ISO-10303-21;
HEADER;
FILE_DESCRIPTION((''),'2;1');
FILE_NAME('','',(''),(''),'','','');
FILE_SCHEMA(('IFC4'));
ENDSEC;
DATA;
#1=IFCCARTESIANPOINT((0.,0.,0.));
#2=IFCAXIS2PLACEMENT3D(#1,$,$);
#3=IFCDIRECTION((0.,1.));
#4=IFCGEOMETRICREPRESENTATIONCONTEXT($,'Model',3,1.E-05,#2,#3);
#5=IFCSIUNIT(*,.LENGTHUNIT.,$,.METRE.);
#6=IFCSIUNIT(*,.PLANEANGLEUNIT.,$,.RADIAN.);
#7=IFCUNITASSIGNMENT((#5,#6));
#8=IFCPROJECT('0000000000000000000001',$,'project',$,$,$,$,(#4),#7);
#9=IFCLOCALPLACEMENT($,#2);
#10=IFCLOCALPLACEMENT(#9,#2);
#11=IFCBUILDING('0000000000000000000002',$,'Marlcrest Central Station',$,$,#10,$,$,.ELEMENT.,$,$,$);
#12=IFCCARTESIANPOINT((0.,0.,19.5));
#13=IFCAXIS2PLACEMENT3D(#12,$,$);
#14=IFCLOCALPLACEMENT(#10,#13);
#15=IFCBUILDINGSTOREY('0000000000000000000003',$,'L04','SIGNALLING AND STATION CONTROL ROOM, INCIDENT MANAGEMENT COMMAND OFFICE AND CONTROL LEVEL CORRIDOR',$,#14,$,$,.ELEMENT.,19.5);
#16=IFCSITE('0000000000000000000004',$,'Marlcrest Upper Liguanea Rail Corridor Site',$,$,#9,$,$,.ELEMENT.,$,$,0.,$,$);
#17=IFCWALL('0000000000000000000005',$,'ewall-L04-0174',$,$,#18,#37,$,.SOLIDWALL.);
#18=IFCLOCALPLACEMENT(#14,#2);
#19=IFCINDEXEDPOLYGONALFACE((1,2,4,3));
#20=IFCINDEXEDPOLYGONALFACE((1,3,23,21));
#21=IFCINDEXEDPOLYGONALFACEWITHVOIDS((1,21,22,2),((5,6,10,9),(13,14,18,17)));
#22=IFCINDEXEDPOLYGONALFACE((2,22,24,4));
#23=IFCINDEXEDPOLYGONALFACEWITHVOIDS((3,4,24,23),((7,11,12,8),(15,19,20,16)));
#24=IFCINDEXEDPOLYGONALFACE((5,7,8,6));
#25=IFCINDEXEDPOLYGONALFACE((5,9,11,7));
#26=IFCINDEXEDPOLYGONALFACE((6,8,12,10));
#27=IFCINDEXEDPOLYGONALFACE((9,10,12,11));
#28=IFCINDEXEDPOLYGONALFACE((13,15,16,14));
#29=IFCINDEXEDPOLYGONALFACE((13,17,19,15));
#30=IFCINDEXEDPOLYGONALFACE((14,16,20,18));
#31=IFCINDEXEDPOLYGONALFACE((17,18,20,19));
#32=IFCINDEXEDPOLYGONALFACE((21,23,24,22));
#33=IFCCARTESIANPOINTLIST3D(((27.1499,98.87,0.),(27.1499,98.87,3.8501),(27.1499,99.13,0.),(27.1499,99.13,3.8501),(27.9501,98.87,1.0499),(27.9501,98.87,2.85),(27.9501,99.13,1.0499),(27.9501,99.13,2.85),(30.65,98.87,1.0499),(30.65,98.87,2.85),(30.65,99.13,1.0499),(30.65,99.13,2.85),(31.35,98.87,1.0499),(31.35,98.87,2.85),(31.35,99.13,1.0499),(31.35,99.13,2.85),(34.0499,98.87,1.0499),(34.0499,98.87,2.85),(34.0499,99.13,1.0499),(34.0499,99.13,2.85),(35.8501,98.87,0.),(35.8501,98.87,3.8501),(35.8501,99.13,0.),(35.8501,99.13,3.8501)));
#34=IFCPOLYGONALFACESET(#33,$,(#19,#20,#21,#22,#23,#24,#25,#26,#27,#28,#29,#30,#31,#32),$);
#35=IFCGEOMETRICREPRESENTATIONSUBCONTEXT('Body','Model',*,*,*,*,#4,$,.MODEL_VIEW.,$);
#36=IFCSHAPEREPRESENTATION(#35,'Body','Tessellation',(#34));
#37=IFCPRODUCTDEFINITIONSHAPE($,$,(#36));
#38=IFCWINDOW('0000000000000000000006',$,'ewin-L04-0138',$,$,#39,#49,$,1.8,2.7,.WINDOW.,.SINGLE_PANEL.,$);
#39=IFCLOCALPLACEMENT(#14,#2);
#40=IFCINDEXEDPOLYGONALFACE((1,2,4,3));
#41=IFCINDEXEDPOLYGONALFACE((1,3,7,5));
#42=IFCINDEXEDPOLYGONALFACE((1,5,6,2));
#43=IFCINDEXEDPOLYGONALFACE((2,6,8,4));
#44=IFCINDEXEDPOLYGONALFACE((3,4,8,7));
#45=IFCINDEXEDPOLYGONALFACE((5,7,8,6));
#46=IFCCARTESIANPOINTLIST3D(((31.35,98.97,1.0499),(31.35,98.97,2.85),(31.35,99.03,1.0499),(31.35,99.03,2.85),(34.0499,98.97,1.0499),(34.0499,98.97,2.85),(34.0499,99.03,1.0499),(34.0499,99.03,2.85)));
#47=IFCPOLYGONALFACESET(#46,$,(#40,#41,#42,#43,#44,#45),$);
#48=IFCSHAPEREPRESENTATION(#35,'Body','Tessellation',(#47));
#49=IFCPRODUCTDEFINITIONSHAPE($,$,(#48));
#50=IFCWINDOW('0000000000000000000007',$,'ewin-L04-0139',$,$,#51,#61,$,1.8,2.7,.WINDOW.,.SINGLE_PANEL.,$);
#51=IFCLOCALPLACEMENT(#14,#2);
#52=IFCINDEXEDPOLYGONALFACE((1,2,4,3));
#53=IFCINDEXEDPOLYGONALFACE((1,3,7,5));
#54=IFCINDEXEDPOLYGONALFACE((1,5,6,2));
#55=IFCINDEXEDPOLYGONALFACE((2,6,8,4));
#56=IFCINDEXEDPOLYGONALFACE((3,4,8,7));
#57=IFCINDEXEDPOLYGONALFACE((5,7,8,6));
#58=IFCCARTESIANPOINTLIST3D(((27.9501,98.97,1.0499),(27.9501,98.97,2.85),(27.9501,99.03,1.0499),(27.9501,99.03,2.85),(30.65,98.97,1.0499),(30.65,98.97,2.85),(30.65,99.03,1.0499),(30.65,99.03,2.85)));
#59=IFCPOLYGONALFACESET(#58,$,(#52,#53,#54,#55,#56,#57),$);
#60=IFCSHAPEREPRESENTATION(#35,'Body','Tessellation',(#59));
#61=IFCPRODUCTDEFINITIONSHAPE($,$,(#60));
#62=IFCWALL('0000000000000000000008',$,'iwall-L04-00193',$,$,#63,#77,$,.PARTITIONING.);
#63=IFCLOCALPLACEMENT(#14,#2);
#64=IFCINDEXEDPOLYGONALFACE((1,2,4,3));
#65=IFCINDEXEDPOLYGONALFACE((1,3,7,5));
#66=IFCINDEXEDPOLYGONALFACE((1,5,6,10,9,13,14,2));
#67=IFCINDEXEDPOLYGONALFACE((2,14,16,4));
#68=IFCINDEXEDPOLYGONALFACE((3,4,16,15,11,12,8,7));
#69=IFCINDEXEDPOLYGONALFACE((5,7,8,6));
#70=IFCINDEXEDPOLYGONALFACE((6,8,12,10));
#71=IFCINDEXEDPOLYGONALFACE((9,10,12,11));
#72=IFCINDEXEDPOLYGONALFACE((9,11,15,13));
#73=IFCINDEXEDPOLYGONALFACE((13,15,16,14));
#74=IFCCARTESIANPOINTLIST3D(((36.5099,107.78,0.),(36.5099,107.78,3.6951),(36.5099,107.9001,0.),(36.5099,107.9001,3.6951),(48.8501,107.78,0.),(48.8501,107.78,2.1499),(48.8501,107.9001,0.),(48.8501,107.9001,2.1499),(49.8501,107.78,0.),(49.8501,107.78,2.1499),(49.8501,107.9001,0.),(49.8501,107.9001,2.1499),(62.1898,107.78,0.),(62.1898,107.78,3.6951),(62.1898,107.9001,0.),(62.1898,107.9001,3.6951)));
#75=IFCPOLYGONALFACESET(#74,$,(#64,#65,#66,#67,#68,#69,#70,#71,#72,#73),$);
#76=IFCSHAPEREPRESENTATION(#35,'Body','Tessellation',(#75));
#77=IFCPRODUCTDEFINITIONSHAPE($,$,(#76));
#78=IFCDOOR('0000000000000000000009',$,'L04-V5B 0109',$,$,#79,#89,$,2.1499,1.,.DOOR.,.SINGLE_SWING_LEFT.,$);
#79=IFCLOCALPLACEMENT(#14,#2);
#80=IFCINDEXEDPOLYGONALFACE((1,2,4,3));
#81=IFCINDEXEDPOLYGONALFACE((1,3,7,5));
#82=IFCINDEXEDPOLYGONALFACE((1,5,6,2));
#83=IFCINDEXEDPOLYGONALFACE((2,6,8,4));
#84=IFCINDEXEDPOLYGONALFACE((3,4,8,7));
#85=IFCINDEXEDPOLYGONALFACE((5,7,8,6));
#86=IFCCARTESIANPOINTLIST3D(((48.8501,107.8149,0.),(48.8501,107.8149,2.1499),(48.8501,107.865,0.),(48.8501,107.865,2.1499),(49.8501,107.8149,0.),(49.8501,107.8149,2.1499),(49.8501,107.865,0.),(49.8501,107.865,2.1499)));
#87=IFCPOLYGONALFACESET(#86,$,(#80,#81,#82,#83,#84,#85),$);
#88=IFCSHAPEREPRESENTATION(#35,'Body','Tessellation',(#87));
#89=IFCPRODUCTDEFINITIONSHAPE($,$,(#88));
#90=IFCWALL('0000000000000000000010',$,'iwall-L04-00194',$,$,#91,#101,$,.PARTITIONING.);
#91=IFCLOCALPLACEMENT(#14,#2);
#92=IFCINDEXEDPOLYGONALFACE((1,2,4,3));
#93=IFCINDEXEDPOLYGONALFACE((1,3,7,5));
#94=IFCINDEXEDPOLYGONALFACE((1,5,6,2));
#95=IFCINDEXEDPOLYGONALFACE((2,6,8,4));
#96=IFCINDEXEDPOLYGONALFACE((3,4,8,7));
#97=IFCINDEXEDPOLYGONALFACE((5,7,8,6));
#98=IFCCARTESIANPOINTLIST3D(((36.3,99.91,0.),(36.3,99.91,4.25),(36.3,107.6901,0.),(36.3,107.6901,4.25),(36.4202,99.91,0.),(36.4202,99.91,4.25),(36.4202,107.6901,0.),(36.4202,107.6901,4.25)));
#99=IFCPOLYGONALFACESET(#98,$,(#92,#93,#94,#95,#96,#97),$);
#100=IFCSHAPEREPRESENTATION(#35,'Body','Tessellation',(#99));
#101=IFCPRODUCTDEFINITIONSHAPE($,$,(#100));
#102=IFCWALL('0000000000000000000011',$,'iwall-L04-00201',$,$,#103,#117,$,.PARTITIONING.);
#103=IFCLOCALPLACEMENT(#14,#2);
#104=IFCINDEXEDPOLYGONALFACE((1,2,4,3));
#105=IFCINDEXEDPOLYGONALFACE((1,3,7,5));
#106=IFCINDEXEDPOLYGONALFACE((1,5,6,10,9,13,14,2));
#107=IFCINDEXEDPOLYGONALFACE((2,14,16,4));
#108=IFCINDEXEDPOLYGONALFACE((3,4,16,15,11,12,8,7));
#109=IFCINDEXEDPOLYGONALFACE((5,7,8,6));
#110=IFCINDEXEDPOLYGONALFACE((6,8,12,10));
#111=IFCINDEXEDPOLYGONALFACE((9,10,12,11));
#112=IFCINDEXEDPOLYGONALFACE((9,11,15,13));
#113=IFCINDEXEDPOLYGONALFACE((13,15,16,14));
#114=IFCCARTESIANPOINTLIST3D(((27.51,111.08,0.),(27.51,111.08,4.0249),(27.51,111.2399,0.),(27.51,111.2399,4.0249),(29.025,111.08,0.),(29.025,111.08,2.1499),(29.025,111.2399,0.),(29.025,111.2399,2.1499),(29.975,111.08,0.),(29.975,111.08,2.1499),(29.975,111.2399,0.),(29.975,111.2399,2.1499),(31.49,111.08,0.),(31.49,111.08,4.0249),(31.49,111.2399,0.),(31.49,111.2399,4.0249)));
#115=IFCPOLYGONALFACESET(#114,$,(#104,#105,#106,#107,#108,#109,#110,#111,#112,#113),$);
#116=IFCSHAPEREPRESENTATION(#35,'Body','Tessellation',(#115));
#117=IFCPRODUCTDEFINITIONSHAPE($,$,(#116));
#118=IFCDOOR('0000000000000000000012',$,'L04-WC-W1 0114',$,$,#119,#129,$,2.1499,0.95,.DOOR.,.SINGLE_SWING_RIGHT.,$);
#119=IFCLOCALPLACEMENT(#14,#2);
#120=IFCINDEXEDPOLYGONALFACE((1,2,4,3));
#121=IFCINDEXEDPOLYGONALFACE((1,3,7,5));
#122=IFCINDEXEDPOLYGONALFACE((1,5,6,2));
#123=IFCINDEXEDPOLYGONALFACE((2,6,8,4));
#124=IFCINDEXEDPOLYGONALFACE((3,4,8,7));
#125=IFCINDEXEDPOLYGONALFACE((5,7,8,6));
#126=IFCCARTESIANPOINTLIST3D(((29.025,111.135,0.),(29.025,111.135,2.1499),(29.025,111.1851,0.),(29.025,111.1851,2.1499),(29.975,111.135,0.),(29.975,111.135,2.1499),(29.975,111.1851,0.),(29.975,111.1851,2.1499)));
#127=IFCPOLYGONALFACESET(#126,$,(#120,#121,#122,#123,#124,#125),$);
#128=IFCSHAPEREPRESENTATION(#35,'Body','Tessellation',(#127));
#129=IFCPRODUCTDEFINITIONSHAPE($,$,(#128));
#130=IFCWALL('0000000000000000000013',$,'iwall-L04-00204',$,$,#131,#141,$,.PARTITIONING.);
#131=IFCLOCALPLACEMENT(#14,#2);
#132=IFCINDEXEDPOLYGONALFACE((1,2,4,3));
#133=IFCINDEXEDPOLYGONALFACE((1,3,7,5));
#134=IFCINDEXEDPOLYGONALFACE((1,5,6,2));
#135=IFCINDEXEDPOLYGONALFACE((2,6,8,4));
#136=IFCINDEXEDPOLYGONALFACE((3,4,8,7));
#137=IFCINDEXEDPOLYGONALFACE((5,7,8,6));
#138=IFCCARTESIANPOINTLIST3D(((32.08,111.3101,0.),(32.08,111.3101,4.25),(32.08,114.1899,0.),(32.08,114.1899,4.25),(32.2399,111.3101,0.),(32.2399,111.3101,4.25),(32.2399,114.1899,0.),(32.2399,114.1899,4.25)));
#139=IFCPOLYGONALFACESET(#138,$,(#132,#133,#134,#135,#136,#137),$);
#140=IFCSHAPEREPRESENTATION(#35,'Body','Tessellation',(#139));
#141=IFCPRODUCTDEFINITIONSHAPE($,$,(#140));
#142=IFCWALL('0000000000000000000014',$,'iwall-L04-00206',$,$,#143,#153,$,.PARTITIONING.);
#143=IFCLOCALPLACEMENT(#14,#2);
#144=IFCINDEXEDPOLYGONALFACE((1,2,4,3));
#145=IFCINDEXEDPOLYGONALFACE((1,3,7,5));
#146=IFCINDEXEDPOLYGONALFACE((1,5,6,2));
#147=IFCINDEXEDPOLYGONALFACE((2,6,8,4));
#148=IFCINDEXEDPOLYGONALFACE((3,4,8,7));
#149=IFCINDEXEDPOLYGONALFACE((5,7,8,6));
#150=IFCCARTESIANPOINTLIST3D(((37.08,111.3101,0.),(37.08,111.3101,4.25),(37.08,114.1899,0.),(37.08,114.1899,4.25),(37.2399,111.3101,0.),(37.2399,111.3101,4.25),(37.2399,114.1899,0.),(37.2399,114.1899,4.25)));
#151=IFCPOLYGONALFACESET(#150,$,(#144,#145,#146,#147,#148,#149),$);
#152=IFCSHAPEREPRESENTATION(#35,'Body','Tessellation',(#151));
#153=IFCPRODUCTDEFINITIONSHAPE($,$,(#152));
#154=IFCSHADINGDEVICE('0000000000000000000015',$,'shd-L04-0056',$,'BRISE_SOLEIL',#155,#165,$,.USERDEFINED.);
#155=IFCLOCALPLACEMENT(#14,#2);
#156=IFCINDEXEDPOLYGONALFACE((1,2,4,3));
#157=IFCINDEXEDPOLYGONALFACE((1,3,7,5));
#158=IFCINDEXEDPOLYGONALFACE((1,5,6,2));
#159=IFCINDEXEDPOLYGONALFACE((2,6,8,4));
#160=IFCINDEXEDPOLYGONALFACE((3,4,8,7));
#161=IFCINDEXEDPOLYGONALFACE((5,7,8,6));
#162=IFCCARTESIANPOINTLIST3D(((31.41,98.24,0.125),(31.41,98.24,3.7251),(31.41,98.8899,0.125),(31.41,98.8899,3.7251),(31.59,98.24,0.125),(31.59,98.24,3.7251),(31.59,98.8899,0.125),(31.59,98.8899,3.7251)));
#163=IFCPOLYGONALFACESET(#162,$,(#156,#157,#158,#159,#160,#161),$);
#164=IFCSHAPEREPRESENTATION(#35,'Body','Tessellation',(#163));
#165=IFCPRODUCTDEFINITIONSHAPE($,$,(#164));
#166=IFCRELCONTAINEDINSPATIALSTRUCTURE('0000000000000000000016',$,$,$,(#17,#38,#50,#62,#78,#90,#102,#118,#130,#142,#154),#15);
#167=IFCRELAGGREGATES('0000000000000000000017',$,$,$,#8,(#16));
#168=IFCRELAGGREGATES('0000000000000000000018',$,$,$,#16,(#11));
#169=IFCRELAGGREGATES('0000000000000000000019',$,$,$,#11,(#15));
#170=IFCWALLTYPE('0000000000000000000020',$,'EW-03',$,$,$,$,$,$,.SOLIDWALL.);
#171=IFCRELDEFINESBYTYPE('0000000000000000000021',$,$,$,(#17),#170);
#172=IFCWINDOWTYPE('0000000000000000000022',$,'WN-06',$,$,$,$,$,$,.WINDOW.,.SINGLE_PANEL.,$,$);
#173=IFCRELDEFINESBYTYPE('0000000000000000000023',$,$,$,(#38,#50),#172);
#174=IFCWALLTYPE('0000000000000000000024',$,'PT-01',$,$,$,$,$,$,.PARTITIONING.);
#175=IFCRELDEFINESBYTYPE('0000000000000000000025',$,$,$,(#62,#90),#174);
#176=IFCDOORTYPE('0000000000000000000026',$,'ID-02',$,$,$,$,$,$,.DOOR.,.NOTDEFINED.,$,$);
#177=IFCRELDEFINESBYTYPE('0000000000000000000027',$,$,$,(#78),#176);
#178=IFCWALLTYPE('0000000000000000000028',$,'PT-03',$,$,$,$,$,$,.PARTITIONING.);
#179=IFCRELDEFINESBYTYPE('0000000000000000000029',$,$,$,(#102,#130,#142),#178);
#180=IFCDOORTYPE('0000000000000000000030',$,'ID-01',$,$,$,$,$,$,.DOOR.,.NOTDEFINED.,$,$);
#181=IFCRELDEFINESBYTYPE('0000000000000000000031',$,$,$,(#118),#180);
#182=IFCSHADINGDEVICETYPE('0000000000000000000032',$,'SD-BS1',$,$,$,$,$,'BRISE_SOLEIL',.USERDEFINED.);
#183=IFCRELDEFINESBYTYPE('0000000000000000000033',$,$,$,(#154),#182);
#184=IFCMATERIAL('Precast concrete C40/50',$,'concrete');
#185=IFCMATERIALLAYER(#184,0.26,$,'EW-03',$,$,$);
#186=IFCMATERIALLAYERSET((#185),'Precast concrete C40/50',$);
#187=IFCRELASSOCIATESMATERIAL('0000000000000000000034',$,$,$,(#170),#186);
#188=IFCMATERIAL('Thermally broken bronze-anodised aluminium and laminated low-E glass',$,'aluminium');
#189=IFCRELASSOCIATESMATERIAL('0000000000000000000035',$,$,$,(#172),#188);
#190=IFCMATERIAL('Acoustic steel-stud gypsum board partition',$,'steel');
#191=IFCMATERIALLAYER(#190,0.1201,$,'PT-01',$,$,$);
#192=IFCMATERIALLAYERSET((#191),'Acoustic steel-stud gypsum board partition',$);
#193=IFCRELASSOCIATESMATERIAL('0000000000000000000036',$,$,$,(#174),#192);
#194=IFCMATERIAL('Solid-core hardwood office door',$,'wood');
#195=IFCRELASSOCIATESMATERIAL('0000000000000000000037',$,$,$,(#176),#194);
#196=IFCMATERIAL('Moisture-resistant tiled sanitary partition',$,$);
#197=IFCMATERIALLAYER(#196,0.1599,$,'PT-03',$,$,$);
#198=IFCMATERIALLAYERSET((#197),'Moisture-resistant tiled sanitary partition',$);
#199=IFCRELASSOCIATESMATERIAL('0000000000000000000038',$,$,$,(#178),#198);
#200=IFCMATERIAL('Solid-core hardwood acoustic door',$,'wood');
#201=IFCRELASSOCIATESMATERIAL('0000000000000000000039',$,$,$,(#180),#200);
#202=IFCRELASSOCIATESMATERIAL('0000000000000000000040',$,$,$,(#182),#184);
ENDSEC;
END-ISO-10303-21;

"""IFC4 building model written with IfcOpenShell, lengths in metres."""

from ifc_helpers import new_model, si_unit, direction, frame, frame_2d, origin, origin_2d, place, context, subcontext, project, spatial, rectangle, extrude, material, layer, layer_set, type_object, element, fill, save


model = new_model("IFC4")

# Units and contexts
model_context = context("Model", 3, precision=1e-05, world=origin(), true_north=direction((0.0, 1.0)))
body_context = subcontext(model_context, "Body", "Model", "MODEL_VIEW")
ifc_project = project(units=[si_unit("LENGTHUNIT", "METRE"), si_unit("PLANEANGLEUNIT", "RADIAN")], contexts=[model_context])

# Site, building, storey
site_placement = place(None, origin())
site = spatial("IfcSite", under=ifc_project, at=site_placement, Name="Marlcrest Upper Liguanea Rail Corridor Site", CompositionType="ELEMENT", RefElevation=0.0)
building_placement = place(site_placement, origin())
building = spatial("IfcBuilding", under=site, at=building_placement, Name="Marlcrest Central Station", CompositionType="ELEMENT")
storey_placement = place(building_placement, frame((0.0, 0.0, 19.5)))
storey = spatial("IfcBuildingStorey", under=building, at=storey_placement, Name="L04", Description="SIGNALLING AND STATION CONTROL ROOM, INCIDENT MANAGEMENT COMMAND OFFICE AND CONTROL LEVEL CORRIDOR", CompositionType="ELEMENT", Elevation=19.5)

# Wall, openings, windows
ifc_material_1 = material(Name="Precast concrete C40/50", Category="concrete")
ifc_layer_1 = layer(ifc_material_1, 0.26, Name="EW-03")
ifc_layer_set_1 = layer_set([ifc_layer_1], Name="Precast concrete C40/50")
wall_type_1 = type_object("IfcWallType", Name="EW-03", PredefinedType="SOLIDWALL", material=ifc_layer_set_1)
wall_1_placement = place(storey_placement, frame((35.8501, 99.0, 0.0), z_axis=(0.0, 0.0, 1.0), x_axis=(-1.0, 0.0, 0.0)))
wall_1 = element("IfcWall", 1, at=wall_1_placement, inside=storey, type_object=wall_type_1, Name="ewall-L04-0174", PredefinedType="SOLIDWALL", context=body_context, shape_type="SweptSolid", body=[
    extrude(rectangle(XDim=8.7002, YDim=0.26, at=frame_2d((4.3501, 0.0))), origin(), (0.0, 0.0, 1.0), 3.8501),
])
opening_1_placement = place(wall_1_placement, frame((1.8, 0.0, 1.05)))
opening_1 = element("IfcOpeningElement", 2, at=opening_1_placement, cuts=wall_1, PredefinedType="OPENING", context=body_context, shape_type="SweptSolid", body=[
    extrude(rectangle(XDim=2.7, YDim=1.8, at=frame_2d((1.3501, 0.8999))), frame((0.0, 0.1399, 0.0), z_axis=(0.0, -1.0, 0.0), x_axis=(1.0, 0.0, 0.0)), (0.0, 0.0, 1.0), 0.28),
])
opening_2_placement = place(wall_1_placement, frame((5.2, 0.0, 1.05)))
opening_2 = element("IfcOpeningElement", 3, at=opening_2_placement, cuts=wall_1, PredefinedType="OPENING", context=body_context, shape_type="SweptSolid", body=[
    extrude(rectangle(XDim=2.7, YDim=1.8, at=frame_2d((1.3501, 0.8999))), frame((0.0, 0.1399, 0.0), z_axis=(0.0, -1.0, 0.0), x_axis=(1.0, 0.0, 0.0)), (0.0, 0.0, 1.0), 0.28),
])
ifc_material_2 = material(Name="Thermally broken bronze-anodised aluminium and laminated low-E glass", Category="aluminium")
window_type = type_object("IfcWindowType", Name="WN-06", PartitioningType="SINGLE_PANEL", PredefinedType="WINDOW", material=ifc_material_2)
window_1_placement = place(opening_1_placement, origin())
window_1 = element("IfcWindow", 4, at=window_1_placement, inside=storey, type_object=window_type, Name="ewin-L04-0138", OverallHeight=1.8, OverallWidth=2.7, PartitioningType="SINGLE_PANEL", PredefinedType="WINDOW", context=body_context, shape_type="SweptSolid", body=[
    extrude(rectangle(XDim=2.7, YDim=1.8, at=frame_2d((1.3501, 0.8999))), frame((0.0, 0.03, 0.0), z_axis=(0.0, -1.0, 0.0), x_axis=(1.0, 0.0, 0.0)), (0.0, 0.0, 1.0), 0.0601),
])
fill(opening_1, window_1)
window_2_placement = place(opening_2_placement, origin())
window_2 = element("IfcWindow", 5, at=window_2_placement, inside=storey, type_object=window_type, Name="ewin-L04-0139", OverallHeight=1.8, OverallWidth=2.7, PartitioningType="SINGLE_PANEL", PredefinedType="WINDOW", context=body_context, shape_type="SweptSolid", body=[
    extrude(rectangle(XDim=2.7, YDim=1.8, at=frame_2d((1.3501, 0.8999))), frame((0.0, 0.03, 0.0), z_axis=(0.0, -1.0, 0.0), x_axis=(1.0, 0.0, 0.0)), (0.0, 0.0, 1.0), 0.0601),
])
fill(opening_2, window_2)

# Wall, opening, door
ifc_material_3 = material(Name="Acoustic steel-stud gypsum board partition", Category="steel")
ifc_layer_2 = layer(ifc_material_3, 0.1201, Name="PT-01")
ifc_layer_set_2 = layer_set([ifc_layer_2], Name="Acoustic steel-stud gypsum board partition")
wall_type_2 = type_object("IfcWallType", Name="PT-01", PredefinedType="PARTITIONING", material=ifc_layer_set_2)
wall_2_placement = place(storey_placement, frame((36.51, 107.8401, 0.0), z_axis=(0.0, 0.0, 1.0), x_axis=(1.0, 0.0, 0.0)))
wall_2 = element("IfcWall", 6, at=wall_2_placement, inside=storey, type_object=wall_type_2, Name="iwall-L04-00193", PredefinedType="PARTITIONING", context=body_context, shape_type="SweptSolid", body=[
    extrude(rectangle(XDim=25.6799, YDim=0.1201, at=frame_2d((12.8398, 0.0))), origin(), (0.0, 0.0, 1.0), 3.6951),
])
opening_3_placement = place(wall_2_placement, frame((12.3401, 0.0, 0.0)))
opening_3 = element("IfcOpeningElement", 7, at=opening_3_placement, cuts=wall_2, PredefinedType="OPENING", context=body_context, shape_type="SweptSolid", body=[
    extrude(rectangle(XDim=1.0, YDim=2.1499, at=frame_2d((0.5, 1.075))), frame((0.0, 0.0701, 0.0), z_axis=(0.0, -1.0, 0.0), x_axis=(1.0, 0.0, 0.0)), (0.0, 0.0, 1.0), 0.1401),
])
ifc_material_4 = material(Name="Solid-core hardwood office door", Category="wood")
door_type_1 = type_object("IfcDoorType", Name="ID-02", OperationType="NOTDEFINED", PredefinedType="DOOR", material=ifc_material_4)
door_1_placement = place(opening_3_placement, origin())
door_1 = element("IfcDoor", 8, at=door_1_placement, inside=storey, type_object=door_type_1, Name="L04-V5B 0109", OperationType="SINGLE_SWING_LEFT", OverallHeight=2.1499, OverallWidth=1.0, PredefinedType="DOOR", context=body_context, shape_type="SweptSolid", body=[
    extrude(rectangle(XDim=1.0, YDim=2.1499, at=frame_2d((0.5, 1.075))), frame((0.0, 0.0249, 0.0), z_axis=(0.0, -1.0, 0.0), x_axis=(1.0, 0.0, 0.0)), (0.0, 0.0, 1.0), 0.05),
])
fill(opening_3, door_1)

# Wall
wall_3_placement = place(storey_placement, frame((36.3601, 99.9099, 0.0), z_axis=(0.0, 0.0, 1.0), x_axis=(0.0, 1.0, 0.0)))
element("IfcWall", 9, at=wall_3_placement, inside=storey, type_object=wall_type_2, Name="iwall-L04-00194", PredefinedType="PARTITIONING", context=body_context, shape_type="SweptSolid", body=[
    extrude(rectangle(XDim=7.78, YDim=0.1201, at=frame_2d((3.8901, 0.0))), origin(), (0.0, 0.0, 1.0), 4.25),
])

# Wall, opening, door
ifc_material_5 = material(Name="Moisture-resistant tiled sanitary partition")
ifc_layer_3 = layer(ifc_material_5, 0.1599, Name="PT-03")
ifc_layer_set_3 = layer_set([ifc_layer_3], Name="Moisture-resistant tiled sanitary partition")
wall_type_3 = type_object("IfcWallType", Name="PT-03", PredefinedType="PARTITIONING", material=ifc_layer_set_3)
wall_4_placement = place(storey_placement, frame((31.49, 111.1599, 0.0), z_axis=(0.0, 0.0, 1.0), x_axis=(-1.0, 0.0, 0.0)))
wall_4 = element("IfcWall", 10, at=wall_4_placement, inside=storey, type_object=wall_type_3, Name="iwall-L04-00201", PredefinedType="PARTITIONING", context=body_context, shape_type="SweptSolid", body=[
    extrude(rectangle(XDim=3.98, YDim=0.1599, at=frame_2d((1.99, 0.0))), origin(), (0.0, 0.0, 1.0), 4.0249),
])
opening_4_placement = place(wall_4_placement, frame((1.5149, 0.0, 0.0)))
opening_4 = element("IfcOpeningElement", 11, at=opening_4_placement, cuts=wall_4, PredefinedType="OPENING", context=body_context, shape_type="SweptSolid", body=[
    extrude(rectangle(XDim=0.95, YDim=2.1499, at=frame_2d((0.4751, 1.075))), frame((0.0, 0.0898, 0.0), z_axis=(0.0, -1.0, 0.0), x_axis=(1.0, 0.0, 0.0)), (0.0, 0.0, 1.0), 0.1799),
])
ifc_material_6 = material(Name="Solid-core hardwood acoustic door", Category="wood")
door_type_2 = type_object("IfcDoorType", Name="ID-01", OperationType="NOTDEFINED", PredefinedType="DOOR", material=ifc_material_6)
door_2_placement = place(opening_4_placement, origin())
door_2 = element("IfcDoor", 12, at=door_2_placement, inside=storey, type_object=door_type_2, Name="L04-WC-W1 0114", OperationType="SINGLE_SWING_RIGHT", OverallHeight=2.1499, OverallWidth=0.95, PredefinedType="DOOR", context=body_context, shape_type="SweptSolid", body=[
    extrude(rectangle(XDim=0.95, YDim=2.1499, at=frame_2d((0.4751, 1.075))), frame((0.0, 0.0249, 0.0), z_axis=(0.0, -1.0, 0.0), x_axis=(1.0, 0.0, 0.0)), (0.0, 0.0, 1.0), 0.05),
])
fill(opening_4, door_2)

# Walls
for number, where, z_axis, x_axis, name in (
    (13, (32.1599, 111.3101, 0.0), (0.0, 0.0, 1.0), (0.0, 1.0, 0.0), "iwall-L04-00204"),
    (14, (37.1599, 111.3101, 0.0), (0.0, 0.0, 1.0), (0.0, 1.0, 0.0), "iwall-L04-00206"),
):
    element("IfcWall", number, at=place(storey_placement, frame(where, z_axis=z_axis, x_axis=x_axis)), inside=storey, type_object=wall_type_3, Name=name, PredefinedType="PARTITIONING", context=body_context, shape_type="SweptSolid", body=[
        extrude(rectangle(XDim=2.8799, YDim=0.1599, at=frame_2d((1.4399, 0.0))), origin(), (0.0, 0.0, 1.0), 4.25),
    ])

# Shading device
shading_device_type = type_object("IfcShadingDeviceType", Name="SD-BS1", ElementType="BRISE_SOLEIL", PredefinedType="USERDEFINED", material=ifc_material_1)
shading_device_placement = place(storey_placement, frame((31.5, 98.5649, 0.125), z_axis=(0.0, 0.0, 1.0), x_axis=(1.0, 0.0, 0.0)))
element("IfcShadingDevice", 15, at=shading_device_placement, inside=storey, type_object=shading_device_type, Name="shd-L04-0056", ObjectType="BRISE_SOLEIL", PredefinedType="USERDEFINED", context=body_context, shape_type="SweptSolid", body=[
    extrude(rectangle(XDim=0.1799, YDim=0.6499, at=origin_2d()), origin(), (0.0, 0.0, 1.0), 3.6001),
])

save(model, "model.ifc")
